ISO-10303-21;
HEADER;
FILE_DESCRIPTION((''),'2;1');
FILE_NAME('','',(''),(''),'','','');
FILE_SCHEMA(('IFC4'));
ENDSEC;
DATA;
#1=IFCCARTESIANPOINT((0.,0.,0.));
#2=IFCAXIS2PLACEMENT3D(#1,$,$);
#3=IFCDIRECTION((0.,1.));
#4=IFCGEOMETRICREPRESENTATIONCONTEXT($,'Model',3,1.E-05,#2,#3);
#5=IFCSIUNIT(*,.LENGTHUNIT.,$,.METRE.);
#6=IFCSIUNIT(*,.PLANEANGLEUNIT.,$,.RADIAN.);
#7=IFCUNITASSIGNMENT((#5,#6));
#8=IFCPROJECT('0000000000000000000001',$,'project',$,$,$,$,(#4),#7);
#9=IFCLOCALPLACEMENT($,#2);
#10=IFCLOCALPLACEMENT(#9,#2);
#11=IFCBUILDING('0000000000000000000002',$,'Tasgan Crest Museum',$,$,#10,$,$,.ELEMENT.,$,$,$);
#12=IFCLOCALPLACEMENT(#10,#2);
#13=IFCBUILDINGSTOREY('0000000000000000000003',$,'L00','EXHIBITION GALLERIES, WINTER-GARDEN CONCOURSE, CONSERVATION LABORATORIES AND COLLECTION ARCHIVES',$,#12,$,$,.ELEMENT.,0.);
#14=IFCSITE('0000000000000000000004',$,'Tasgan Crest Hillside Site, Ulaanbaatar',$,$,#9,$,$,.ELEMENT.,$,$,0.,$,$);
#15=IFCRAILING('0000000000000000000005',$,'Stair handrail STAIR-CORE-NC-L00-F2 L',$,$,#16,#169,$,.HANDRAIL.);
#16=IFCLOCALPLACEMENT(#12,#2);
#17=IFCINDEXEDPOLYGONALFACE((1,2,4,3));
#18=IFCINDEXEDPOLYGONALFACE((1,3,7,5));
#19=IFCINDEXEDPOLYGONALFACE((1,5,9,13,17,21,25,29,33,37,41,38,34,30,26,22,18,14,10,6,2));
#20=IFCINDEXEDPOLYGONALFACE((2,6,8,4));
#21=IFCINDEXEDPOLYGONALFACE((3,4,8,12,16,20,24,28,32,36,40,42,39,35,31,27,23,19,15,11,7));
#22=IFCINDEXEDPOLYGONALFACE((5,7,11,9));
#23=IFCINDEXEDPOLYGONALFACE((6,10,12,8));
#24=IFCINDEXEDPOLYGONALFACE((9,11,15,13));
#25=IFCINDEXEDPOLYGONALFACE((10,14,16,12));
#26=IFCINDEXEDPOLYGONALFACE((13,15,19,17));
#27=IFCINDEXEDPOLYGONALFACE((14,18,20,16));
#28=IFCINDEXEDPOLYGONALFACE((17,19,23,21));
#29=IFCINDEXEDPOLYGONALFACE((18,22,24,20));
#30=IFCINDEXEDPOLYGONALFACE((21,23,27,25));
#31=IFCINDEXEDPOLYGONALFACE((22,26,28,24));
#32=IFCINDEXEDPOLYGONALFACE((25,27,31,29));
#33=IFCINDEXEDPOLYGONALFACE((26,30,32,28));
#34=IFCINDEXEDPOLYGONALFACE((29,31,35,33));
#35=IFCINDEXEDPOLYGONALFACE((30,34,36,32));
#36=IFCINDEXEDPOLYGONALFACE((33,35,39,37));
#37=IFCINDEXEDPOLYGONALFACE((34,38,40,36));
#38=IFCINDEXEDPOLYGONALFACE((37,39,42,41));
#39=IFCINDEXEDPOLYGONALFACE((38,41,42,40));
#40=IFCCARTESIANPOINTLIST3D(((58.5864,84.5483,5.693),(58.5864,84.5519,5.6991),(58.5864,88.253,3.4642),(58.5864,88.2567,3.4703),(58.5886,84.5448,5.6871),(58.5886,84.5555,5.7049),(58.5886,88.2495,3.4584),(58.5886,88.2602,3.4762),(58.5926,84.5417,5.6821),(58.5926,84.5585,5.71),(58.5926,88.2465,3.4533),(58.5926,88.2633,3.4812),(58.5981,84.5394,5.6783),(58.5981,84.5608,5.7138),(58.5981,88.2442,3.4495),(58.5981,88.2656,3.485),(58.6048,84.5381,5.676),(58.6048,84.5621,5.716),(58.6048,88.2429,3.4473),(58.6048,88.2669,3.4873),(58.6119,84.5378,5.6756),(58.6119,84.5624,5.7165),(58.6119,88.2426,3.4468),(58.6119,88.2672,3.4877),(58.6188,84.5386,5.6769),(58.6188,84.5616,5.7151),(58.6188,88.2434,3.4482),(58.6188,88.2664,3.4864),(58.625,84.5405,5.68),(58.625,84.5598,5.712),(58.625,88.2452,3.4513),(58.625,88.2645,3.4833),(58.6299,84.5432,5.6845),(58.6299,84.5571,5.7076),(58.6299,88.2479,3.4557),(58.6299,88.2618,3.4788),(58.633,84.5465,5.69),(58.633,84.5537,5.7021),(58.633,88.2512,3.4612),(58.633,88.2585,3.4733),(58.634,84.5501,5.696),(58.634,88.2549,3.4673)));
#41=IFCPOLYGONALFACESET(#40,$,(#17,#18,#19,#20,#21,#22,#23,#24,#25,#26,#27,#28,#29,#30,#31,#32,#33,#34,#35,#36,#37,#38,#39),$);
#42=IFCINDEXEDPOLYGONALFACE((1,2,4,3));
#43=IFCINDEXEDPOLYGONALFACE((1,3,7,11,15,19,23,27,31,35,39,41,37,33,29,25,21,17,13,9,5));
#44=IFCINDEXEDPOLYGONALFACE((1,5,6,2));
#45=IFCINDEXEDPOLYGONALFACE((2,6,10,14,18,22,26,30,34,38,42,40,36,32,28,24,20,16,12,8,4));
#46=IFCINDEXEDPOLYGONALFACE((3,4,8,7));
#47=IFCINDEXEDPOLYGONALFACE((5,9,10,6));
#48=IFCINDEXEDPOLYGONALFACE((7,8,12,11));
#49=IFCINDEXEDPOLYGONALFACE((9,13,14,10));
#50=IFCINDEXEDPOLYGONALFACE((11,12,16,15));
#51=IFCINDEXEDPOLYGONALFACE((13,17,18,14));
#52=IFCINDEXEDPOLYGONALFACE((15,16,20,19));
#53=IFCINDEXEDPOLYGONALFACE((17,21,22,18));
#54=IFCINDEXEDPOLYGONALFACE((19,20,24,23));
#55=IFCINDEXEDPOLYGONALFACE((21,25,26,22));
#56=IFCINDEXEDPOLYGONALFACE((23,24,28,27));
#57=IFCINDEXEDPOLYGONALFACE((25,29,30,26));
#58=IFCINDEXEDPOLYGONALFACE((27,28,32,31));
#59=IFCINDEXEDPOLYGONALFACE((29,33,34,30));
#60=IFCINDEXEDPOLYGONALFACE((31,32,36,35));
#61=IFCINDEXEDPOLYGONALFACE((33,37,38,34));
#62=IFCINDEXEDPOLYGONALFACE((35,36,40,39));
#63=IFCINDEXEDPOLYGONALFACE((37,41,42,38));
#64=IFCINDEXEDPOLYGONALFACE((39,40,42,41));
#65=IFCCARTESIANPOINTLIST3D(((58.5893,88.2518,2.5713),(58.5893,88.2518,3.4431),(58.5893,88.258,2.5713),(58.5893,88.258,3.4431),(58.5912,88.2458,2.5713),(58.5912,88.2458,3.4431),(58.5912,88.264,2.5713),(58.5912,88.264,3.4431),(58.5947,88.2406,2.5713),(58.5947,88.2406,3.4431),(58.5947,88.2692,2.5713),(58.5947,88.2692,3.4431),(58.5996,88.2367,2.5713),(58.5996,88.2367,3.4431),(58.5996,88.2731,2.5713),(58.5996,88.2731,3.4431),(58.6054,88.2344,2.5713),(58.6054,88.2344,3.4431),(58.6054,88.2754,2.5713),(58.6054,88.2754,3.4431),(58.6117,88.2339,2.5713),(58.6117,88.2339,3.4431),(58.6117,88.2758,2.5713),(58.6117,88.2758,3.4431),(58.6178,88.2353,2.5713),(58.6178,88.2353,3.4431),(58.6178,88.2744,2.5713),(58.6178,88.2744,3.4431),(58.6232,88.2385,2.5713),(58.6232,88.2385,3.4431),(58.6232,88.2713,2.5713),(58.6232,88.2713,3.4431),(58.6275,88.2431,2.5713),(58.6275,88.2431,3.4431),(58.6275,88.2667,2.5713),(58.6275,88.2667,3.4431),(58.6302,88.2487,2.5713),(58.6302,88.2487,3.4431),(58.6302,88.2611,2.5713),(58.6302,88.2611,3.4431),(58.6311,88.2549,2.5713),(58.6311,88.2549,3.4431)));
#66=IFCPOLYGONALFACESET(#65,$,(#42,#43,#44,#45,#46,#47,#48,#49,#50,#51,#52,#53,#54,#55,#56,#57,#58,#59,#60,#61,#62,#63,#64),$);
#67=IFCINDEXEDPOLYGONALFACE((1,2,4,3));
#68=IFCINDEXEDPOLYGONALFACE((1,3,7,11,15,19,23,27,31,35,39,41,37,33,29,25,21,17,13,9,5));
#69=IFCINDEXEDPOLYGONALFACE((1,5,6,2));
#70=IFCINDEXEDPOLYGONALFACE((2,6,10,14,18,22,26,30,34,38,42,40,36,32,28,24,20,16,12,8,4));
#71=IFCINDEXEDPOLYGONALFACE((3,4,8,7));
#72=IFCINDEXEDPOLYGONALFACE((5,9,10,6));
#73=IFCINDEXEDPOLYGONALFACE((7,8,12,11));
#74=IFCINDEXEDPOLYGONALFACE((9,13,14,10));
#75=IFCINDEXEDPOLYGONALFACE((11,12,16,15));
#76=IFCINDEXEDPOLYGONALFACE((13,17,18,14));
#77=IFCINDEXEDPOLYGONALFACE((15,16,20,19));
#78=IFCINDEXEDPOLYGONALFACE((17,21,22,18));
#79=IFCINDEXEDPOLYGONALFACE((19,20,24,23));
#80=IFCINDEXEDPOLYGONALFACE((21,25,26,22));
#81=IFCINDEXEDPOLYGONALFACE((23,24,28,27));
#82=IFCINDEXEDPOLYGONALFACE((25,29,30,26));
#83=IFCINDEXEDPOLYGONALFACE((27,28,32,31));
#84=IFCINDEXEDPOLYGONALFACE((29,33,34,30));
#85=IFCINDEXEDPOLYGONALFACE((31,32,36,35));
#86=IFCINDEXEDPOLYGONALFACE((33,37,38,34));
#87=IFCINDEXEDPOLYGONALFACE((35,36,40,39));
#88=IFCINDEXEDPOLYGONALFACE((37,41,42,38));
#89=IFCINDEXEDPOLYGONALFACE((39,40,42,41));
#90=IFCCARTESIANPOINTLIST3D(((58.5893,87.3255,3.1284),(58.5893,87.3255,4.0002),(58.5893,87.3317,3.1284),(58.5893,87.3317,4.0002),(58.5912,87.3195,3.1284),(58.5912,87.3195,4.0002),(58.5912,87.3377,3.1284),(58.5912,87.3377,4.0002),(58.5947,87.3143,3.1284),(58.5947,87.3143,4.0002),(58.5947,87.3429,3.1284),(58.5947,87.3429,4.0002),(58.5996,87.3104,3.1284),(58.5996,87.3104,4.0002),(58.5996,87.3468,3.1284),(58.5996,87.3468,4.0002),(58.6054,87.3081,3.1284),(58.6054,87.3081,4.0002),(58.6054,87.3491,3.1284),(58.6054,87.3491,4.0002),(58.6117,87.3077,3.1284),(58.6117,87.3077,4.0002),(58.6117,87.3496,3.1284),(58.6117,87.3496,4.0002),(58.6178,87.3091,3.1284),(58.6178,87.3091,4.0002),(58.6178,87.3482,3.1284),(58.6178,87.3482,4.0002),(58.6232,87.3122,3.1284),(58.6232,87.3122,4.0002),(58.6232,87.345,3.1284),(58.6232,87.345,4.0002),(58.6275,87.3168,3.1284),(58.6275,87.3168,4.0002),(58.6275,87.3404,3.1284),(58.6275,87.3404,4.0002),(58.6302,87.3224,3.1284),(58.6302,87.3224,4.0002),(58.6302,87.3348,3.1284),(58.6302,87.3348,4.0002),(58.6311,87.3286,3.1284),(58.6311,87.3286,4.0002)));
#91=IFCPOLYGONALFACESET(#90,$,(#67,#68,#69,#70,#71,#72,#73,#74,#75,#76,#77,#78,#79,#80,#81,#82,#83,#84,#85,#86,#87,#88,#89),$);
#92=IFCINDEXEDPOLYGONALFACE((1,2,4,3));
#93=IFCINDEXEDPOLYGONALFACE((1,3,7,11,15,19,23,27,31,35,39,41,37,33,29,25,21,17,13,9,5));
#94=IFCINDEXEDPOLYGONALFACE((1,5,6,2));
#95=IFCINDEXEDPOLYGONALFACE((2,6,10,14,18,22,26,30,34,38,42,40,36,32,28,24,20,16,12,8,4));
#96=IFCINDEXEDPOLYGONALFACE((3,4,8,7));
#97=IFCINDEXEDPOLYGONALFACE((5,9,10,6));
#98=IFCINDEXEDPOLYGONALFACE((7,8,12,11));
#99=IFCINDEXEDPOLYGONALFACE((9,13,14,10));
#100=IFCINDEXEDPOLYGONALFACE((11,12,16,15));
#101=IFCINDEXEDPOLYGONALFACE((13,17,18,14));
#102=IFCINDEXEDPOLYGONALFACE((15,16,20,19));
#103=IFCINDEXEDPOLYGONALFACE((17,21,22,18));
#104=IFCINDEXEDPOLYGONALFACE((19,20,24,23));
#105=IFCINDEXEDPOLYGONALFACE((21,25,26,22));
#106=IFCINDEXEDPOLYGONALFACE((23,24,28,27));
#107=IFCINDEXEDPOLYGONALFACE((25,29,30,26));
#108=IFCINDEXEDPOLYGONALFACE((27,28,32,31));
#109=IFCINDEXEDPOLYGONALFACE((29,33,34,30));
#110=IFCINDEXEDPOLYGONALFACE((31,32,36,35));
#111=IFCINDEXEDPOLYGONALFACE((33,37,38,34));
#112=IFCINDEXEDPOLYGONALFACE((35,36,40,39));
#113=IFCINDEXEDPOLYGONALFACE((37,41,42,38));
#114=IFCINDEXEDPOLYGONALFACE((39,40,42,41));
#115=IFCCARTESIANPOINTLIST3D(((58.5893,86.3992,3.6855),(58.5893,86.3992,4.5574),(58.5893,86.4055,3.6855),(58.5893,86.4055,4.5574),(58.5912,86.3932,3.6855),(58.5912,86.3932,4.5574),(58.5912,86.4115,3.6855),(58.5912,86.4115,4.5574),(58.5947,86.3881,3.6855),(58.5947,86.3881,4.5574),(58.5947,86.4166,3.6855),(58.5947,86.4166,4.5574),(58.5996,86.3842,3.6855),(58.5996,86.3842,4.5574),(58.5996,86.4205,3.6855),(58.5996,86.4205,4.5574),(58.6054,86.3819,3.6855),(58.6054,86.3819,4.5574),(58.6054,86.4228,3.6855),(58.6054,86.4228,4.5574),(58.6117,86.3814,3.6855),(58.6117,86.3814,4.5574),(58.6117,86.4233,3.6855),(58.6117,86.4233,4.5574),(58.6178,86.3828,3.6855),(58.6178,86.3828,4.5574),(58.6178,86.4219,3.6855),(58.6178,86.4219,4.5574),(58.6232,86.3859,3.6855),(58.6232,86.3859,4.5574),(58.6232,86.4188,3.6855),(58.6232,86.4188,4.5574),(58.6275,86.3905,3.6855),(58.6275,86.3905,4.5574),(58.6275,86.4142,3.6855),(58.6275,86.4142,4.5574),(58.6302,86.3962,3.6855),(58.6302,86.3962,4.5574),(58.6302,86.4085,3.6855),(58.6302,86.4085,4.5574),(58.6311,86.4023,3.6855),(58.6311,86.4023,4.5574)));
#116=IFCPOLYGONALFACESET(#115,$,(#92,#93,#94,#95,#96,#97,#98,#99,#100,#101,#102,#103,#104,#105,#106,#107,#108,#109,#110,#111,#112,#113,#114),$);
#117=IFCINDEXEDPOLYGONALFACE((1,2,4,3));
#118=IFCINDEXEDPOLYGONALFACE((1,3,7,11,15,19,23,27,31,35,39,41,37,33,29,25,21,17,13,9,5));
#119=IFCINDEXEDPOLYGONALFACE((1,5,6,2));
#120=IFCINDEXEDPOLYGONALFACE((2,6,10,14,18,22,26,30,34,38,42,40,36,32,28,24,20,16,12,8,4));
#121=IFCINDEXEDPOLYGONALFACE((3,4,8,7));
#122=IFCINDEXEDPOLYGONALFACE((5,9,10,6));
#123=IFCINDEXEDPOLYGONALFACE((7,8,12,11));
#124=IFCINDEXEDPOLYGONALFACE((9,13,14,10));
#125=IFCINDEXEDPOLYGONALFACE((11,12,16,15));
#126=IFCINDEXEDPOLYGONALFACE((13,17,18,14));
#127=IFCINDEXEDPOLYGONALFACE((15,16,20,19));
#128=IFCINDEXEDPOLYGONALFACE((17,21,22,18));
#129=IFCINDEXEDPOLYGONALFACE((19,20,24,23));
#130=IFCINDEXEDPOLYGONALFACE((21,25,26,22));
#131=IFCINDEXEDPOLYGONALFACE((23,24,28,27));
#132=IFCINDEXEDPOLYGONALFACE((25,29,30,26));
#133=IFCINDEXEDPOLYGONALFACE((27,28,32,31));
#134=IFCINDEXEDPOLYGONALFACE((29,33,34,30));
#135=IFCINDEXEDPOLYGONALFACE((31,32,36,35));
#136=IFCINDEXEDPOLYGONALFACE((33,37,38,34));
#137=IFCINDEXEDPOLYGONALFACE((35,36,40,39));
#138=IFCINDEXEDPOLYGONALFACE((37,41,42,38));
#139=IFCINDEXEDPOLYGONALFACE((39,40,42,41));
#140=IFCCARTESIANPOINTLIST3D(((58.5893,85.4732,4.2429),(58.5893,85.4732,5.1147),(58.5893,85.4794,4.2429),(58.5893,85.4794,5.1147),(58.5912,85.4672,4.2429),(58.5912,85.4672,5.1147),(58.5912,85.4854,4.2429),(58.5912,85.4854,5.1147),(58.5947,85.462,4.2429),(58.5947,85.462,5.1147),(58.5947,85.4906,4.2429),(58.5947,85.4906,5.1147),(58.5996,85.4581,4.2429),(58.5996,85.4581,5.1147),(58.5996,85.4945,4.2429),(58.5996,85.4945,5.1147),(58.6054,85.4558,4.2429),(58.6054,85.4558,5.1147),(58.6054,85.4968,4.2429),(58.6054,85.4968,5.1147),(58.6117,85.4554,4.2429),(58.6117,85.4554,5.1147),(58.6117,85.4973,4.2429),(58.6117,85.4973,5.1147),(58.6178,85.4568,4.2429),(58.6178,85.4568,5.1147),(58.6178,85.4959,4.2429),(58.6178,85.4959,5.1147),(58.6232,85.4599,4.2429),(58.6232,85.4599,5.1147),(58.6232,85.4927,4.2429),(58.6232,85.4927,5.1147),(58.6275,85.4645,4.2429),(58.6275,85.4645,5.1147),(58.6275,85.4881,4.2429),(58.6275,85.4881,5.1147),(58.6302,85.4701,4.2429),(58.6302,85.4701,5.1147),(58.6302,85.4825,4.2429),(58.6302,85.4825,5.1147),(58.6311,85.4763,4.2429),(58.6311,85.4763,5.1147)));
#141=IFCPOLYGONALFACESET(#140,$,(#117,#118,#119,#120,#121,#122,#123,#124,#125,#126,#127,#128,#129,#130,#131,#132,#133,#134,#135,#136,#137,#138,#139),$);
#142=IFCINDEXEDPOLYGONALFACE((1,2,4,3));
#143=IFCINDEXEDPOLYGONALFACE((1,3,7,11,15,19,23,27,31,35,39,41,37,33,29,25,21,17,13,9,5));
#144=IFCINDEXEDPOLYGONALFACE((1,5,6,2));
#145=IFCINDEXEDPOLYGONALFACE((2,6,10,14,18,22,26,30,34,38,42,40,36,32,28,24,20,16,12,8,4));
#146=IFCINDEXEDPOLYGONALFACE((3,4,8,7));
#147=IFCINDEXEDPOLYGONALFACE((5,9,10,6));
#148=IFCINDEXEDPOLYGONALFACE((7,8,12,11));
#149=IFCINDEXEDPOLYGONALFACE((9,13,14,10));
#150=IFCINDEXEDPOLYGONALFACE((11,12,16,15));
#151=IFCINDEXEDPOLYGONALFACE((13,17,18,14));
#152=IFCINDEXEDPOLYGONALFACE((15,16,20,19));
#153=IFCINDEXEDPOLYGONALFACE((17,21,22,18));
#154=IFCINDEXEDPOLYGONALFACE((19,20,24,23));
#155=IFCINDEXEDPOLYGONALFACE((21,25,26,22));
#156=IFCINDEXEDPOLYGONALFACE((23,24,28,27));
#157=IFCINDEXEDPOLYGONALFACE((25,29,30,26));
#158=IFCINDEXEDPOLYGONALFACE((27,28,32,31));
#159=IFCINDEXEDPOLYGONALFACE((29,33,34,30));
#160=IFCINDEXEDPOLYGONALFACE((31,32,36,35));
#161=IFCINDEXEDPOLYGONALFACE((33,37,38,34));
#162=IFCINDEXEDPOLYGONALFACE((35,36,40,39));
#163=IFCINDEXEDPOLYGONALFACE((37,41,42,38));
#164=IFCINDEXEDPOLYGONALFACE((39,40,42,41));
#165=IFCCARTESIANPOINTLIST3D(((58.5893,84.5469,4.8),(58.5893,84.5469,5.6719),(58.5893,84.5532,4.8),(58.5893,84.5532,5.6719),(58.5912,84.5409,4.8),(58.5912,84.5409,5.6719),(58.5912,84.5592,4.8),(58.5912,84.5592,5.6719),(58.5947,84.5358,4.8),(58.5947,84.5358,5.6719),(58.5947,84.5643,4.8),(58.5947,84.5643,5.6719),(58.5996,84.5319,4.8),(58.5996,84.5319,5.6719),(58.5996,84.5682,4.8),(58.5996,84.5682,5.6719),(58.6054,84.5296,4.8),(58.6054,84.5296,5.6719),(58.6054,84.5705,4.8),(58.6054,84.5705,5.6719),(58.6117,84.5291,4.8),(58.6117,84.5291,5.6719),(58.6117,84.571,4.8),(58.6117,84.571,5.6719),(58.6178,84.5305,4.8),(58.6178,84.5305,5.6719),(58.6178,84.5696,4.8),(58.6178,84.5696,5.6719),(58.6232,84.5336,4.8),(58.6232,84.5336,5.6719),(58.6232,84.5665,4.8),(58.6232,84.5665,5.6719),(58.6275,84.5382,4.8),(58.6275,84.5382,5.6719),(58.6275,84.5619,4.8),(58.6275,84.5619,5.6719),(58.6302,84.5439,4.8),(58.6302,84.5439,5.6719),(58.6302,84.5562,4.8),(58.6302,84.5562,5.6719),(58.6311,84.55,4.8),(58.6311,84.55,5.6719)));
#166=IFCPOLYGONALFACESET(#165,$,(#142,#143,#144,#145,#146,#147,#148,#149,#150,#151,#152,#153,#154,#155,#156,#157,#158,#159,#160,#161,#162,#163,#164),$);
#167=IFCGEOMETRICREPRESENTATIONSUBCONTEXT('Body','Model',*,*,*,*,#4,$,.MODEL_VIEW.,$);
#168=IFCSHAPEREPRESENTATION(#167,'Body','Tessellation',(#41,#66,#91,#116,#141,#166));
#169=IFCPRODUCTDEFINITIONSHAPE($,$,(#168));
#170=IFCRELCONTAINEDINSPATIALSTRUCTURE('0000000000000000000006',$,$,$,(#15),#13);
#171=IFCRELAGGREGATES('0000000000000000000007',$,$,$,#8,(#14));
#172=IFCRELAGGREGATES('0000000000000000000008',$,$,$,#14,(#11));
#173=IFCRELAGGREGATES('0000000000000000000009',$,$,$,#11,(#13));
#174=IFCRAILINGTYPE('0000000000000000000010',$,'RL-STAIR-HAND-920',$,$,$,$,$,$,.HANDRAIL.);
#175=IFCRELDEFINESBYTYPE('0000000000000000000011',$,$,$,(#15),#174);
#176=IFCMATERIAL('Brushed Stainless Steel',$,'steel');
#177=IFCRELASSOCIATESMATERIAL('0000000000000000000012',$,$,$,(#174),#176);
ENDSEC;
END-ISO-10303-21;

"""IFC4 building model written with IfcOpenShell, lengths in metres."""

from ifc_helpers import new_model, si_unit, direction, frame, origin, origin_2d, place, context, subcontext, project, spatial, circle, extrude, material, type_object, element, save


model = new_model("IFC4")

# Units and contexts
model_context = context("Model", 3, precision=1e-05, world=origin(), true_north=direction((0.0, 1.0)))
body_context = subcontext(model_context, "Body", "Model", "MODEL_VIEW")
ifc_project = project(units=[si_unit("LENGTHUNIT", "METRE"), si_unit("PLANEANGLEUNIT", "RADIAN")], contexts=[model_context])

# Site, building, storey
site_placement = place(None, origin())
site = spatial("IfcSite", under=ifc_project, at=site_placement, Name="Tasgan Crest Hillside Site, Ulaanbaatar", CompositionType="ELEMENT", RefElevation=0.0)
building_placement = place(site_placement, origin())
building = spatial("IfcBuilding", under=site, at=building_placement, Name="Tasgan Crest Museum", CompositionType="ELEMENT")
storey_placement = place(building_placement, origin())
storey = spatial("IfcBuildingStorey", under=building, at=storey_placement, Name="L00", Description="EXHIBITION GALLERIES, WINTER-GARDEN CONCOURSE, CONSERVATION LABORATORIES AND COLLECTION ARCHIVES", CompositionType="ELEMENT", Elevation=0.0)

# Railing
ifc_material_1 = material(Name="Brushed Stainless Steel", Category="steel")
railing_type_1 = type_object("IfcRailingType", Name="RL-STAIR-HAND-920", PredefinedType="HANDRAIL", material=ifc_material_1)
for number, where, name in (
    (1, (58.6101, 88.2549, 2.5713), "Stair handrail STAIR-CORE-NC-L00-F2 L"),
):
    element("IfcRailing", number, at=place(storey_placement, frame(where)), inside=storey, type_object=railing_type_1, Name=name, PredefinedType="HANDRAIL", context=body_context, shape_type="SweptSolid", body=[
        extrude(circle(Radius=0.0239, at=origin_2d()), frame((0.0, 0.0, 0.896), z_axis=(0.0, -0.856894, 0.515492), x_axis=(1.0, 0.0, 0.0)), (0.0, 0.0, 1.0), 4.3235),
        extrude(circle(Radius=0.021, at=origin_2d()), origin(), (0.0, 0.0, 1.0), 0.8718),
        extrude(circle(Radius=0.021, at=origin_2d()), frame((0.0, -0.9263, 0.5571)), (0.0, 0.0, 1.0), 0.8718),
        extrude(circle(Radius=0.021, at=origin_2d()), frame((0.0, -1.8525, 1.1143)), (0.0, 0.0, 1.0), 0.8718),
        extrude(circle(Radius=0.021, at=origin_2d()), frame((0.0, -2.7786, 1.6716)), (0.0, 0.0, 1.0), 0.8718),
        extrude(circle(Radius=0.021, at=origin_2d()), frame((0.0, -3.7048, 2.2288)), (0.0, 0.0, 1.0), 0.8718),
    ])

save(model, "model.ifc")
